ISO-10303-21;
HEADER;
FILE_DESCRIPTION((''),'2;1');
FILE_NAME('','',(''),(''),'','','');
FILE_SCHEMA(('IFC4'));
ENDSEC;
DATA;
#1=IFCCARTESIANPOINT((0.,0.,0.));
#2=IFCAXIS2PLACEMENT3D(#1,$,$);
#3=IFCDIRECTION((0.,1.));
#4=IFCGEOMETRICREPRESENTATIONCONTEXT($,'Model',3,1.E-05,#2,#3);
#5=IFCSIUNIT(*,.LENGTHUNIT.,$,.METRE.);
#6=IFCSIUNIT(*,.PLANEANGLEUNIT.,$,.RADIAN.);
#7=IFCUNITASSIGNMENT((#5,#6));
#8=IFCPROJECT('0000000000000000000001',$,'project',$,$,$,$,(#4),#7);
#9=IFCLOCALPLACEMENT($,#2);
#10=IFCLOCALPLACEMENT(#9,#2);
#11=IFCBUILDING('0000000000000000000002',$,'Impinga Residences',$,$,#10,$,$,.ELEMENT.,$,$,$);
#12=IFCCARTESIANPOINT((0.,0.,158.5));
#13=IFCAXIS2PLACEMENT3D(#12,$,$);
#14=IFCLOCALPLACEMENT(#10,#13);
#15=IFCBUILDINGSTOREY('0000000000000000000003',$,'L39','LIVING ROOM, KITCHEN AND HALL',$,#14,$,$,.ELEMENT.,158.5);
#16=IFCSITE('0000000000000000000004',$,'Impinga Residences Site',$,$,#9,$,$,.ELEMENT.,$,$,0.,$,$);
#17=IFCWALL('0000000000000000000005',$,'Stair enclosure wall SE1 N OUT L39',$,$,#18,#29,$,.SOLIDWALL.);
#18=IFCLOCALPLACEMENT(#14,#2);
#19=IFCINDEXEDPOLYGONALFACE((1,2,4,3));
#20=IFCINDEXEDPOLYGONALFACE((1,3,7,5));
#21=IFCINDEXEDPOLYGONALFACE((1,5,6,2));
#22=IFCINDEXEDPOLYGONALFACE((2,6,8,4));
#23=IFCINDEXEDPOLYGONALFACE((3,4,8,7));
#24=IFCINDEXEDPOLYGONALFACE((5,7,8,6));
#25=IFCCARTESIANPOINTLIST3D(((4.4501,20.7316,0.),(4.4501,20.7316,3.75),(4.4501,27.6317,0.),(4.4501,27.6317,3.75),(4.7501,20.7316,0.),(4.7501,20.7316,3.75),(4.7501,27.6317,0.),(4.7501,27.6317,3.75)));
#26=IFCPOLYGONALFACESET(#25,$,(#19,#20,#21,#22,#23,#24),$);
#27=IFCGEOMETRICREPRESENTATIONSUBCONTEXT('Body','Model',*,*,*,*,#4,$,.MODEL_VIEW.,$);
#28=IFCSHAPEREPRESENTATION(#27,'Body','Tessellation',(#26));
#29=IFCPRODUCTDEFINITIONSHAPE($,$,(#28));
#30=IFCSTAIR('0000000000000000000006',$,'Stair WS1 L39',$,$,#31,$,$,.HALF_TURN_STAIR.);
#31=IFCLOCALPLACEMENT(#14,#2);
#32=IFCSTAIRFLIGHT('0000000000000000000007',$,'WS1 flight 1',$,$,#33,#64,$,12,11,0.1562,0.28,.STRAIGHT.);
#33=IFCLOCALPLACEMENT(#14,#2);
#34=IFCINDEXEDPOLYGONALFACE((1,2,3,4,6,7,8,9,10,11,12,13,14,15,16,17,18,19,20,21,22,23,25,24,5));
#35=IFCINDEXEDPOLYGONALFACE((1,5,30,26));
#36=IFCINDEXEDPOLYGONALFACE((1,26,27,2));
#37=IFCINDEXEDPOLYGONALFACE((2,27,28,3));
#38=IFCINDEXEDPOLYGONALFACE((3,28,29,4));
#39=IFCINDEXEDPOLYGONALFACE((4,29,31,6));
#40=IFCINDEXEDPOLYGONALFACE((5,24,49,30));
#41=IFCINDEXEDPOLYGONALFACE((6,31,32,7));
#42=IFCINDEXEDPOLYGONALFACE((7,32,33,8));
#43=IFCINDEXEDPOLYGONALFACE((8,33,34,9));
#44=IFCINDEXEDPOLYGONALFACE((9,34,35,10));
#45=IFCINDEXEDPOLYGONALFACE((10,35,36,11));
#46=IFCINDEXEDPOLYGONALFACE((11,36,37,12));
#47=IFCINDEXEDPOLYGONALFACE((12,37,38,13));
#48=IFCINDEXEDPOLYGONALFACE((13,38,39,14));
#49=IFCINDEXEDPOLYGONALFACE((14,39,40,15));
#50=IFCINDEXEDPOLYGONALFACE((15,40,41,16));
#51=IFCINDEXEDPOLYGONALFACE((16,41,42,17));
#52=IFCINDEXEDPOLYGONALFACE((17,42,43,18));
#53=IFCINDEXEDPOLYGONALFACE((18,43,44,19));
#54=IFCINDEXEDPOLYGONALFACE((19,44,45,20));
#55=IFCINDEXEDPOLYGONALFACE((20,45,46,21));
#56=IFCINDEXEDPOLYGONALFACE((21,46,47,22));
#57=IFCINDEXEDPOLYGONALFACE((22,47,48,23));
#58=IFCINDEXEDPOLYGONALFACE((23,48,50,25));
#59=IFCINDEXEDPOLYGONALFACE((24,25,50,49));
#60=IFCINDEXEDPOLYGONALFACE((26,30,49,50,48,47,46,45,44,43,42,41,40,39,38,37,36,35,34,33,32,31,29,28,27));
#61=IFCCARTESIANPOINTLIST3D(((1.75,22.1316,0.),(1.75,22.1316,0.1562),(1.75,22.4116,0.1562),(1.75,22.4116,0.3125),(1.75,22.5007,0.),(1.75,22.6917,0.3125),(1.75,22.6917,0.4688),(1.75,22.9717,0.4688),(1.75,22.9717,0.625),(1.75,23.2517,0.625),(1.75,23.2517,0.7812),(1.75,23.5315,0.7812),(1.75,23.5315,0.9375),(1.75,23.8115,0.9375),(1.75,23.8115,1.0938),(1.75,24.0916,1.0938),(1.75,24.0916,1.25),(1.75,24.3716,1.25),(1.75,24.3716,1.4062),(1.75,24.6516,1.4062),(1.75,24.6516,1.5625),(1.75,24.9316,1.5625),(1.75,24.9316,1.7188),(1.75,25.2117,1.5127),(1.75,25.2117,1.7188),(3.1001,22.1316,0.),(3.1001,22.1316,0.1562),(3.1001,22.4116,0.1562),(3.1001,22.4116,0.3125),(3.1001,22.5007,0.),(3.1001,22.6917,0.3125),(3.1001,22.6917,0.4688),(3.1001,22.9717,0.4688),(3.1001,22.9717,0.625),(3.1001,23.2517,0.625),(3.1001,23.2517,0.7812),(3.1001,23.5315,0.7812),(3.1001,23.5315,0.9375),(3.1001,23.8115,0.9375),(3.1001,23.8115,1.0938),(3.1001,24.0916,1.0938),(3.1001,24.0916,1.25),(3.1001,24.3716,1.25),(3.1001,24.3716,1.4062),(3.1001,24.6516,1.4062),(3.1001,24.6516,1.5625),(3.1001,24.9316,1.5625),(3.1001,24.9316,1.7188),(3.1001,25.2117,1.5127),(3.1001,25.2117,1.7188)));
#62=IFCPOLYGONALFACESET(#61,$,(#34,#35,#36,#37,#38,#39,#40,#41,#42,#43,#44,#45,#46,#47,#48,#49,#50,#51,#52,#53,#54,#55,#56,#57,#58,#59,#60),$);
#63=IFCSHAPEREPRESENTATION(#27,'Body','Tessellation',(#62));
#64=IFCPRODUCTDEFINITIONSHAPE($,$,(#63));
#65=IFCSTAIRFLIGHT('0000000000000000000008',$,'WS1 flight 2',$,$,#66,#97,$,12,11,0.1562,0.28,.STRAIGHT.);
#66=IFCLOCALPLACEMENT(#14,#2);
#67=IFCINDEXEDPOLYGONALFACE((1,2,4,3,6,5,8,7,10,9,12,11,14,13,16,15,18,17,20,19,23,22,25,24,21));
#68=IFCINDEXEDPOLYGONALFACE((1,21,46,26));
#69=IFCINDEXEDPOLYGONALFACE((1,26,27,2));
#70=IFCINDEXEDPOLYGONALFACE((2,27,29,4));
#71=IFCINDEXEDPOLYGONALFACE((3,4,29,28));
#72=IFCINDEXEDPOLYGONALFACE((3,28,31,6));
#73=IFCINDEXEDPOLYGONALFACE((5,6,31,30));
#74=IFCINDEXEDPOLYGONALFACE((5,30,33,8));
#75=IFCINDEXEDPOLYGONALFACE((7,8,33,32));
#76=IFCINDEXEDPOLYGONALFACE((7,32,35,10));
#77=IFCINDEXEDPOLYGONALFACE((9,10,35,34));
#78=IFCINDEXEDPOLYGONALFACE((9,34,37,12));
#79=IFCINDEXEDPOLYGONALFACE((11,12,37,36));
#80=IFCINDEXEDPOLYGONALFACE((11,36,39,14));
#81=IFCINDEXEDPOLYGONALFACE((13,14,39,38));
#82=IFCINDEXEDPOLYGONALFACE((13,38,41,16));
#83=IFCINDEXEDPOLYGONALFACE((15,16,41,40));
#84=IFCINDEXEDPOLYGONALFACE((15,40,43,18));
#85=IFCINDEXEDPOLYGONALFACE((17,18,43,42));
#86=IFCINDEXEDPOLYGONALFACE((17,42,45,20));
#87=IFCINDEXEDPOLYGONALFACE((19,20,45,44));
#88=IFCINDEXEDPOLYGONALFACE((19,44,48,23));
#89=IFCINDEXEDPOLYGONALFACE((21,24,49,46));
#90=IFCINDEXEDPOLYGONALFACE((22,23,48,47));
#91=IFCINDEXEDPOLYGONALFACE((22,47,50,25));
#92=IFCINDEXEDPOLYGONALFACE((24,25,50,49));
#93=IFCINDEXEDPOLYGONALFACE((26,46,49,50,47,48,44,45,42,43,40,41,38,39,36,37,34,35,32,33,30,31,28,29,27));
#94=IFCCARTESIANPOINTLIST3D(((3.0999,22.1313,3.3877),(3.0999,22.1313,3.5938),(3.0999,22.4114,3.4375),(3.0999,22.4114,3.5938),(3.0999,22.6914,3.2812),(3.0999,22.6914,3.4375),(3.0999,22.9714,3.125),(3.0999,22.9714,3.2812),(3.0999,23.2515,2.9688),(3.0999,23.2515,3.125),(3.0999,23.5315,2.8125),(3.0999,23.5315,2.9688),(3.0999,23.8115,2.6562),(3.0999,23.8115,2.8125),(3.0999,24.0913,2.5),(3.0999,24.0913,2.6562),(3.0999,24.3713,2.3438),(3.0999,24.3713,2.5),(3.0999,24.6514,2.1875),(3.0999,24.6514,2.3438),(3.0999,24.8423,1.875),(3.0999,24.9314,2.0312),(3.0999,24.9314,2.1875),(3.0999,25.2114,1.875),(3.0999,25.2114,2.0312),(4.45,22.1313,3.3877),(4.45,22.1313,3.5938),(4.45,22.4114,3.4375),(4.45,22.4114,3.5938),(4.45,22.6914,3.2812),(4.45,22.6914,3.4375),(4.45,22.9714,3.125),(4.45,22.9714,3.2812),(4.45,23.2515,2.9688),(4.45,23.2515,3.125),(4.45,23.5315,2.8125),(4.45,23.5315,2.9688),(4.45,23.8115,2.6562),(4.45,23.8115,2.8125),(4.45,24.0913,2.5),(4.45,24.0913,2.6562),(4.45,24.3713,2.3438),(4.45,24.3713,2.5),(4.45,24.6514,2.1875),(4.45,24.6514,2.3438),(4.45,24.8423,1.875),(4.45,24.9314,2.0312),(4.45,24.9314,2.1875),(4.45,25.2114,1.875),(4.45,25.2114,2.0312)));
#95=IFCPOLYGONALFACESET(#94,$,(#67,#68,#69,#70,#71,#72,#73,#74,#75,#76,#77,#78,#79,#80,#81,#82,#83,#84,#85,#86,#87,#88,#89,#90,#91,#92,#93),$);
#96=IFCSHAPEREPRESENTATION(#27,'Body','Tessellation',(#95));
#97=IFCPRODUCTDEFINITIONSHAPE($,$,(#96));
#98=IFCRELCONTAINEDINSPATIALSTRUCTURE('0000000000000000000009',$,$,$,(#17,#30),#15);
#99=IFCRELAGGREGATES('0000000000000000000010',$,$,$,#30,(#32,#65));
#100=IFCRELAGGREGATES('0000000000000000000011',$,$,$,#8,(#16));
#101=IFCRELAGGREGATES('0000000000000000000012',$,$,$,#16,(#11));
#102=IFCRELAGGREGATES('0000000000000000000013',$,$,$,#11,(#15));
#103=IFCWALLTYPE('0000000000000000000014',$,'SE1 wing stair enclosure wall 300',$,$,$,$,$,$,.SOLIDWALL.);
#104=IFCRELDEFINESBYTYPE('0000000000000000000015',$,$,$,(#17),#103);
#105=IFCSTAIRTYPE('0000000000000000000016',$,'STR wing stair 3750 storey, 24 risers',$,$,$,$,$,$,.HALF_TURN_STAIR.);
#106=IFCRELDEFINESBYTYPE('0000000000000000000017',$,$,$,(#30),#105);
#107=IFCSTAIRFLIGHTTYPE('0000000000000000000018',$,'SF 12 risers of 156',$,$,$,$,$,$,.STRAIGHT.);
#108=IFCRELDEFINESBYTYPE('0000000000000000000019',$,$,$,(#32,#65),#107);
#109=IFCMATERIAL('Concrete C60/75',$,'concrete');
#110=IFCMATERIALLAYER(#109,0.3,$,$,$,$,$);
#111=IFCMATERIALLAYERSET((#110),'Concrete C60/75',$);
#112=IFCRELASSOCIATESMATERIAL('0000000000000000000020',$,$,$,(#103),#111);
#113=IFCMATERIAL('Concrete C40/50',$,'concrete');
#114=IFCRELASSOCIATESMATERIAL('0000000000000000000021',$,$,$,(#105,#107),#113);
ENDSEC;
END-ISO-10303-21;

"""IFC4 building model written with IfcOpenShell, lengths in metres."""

from ifc_helpers import new_model, si_unit, direction, frame, frame_2d, origin, place, context, subcontext, project, spatial, polyline, rectangle, outline, extrude, material, layer, layer_set, type_object, element, aggregate, save


model = new_model("IFC4")

# Units and contexts
model_context = context("Model", 3, precision=1e-05, world=origin(), true_north=direction((0.0, 1.0)))
body_context = subcontext(model_context, "Body", "Model", "MODEL_VIEW")
ifc_project = project(units=[si_unit("LENGTHUNIT", "METRE"), si_unit("PLANEANGLEUNIT", "RADIAN")], contexts=[model_context])

# Site, building, storey
site_placement = place(None, origin())
site = spatial("IfcSite", under=ifc_project, at=site_placement, Name="Impinga Residences Site", CompositionType="ELEMENT", RefElevation=0.0)
building_placement = place(site_placement, origin())
building = spatial("IfcBuilding", under=site, at=building_placement, Name="Impinga Residences", CompositionType="ELEMENT")
storey_placement = place(building_placement, frame((0.0, 0.0, 158.5)))
storey = spatial("IfcBuildingStorey", under=building, at=storey_placement, Name="L39", Description="LIVING ROOM, KITCHEN AND HALL", CompositionType="ELEMENT", Elevation=158.5)

# Shared definitions
ifc_material_1 = material(Name="Concrete C60/75", Category="concrete")

# Wall
ifc_layer_1 = layer(ifc_material_1, 0.3)
ifc_layer_set_1 = layer_set([ifc_layer_1], Name="Concrete C60/75")
wall_type_1 = type_object("IfcWallType", Name="SE1 wing stair enclosure wall 300", PredefinedType="SOLIDWALL", material=ifc_layer_set_1)
wall_1_placement = place(storey_placement, frame((4.6001, 20.7314, 0.0), z_axis=(0.0, 0.0, 1.0), x_axis=(0.0, 1.0, 0.0)))
element("IfcWall", 1, at=wall_1_placement, inside=storey, type_object=wall_type_1, Name="Stair enclosure wall SE1 N OUT L39", PredefinedType="SOLIDWALL", context=body_context, shape_type="SweptSolid", body=[
    extrude(rectangle(XDim=6.9001, YDim=0.3, at=frame_2d((3.4502, 0.0))), origin(), (0.0, 0.0, 1.0), 3.75),
])

# Stair, stair flights
ifc_material_2 = material(Name="Concrete C40/50", Category="concrete")
stair_type = type_object("IfcStairType", Name="STR wing stair 3750 storey, 24 risers", PredefinedType="HALF_TURN_STAIR", material=ifc_material_2)
stair_placement = place(storey_placement, origin())
stair = element("IfcStair", 2, at=stair_placement, inside=storey, type_object=stair_type, Name="Stair WS1 L39", PredefinedType="HALF_TURN_STAIR")
stair_flight_type = type_object("IfcStairFlightType", Name="SF 12 risers of 156", PredefinedType="STRAIGHT", material=ifc_material_2)
stair_flight_1_placement = place(storey_placement, frame((2.425, 22.1316, 0.0), z_axis=(0.0, 0.0, 1.0), x_axis=(0.0, 1.0, 0.0)))
stair_flight_1 = element("IfcStairFlight", 3, at=stair_flight_1_placement, type_object=stair_flight_type, Name="WS1 flight 1", NumberOfRisers=12, NumberOfTreads=11, PredefinedType="STRAIGHT", RiserHeight=0.1562, TreadLength=0.28, context=body_context, shape_type="SweptSolid", body=[
    extrude(outline(polyline([(0.0, 0.0), (0.0, 0.1562), (0.28, 0.1562), (0.28, 0.3125), (0.5601, 0.3125), (0.5601, 0.4688), (0.8401, 0.4688), (0.8401, 0.625), (1.1201, 0.625), (1.1201, 0.7812), (1.3999, 0.7812), (1.3999, 0.9375), (1.6799, 0.9375), (1.6799, 1.0938), (1.96, 1.0938), (1.96, 1.25), (2.24, 1.25), (2.24, 1.4062), (2.52, 1.4062), (2.52, 1.5625), (2.8, 1.5625), (2.8, 1.7188), (3.0801, 1.7188), (3.0801, 1.875), (3.0801, 1.5127), (0.3691, 0.0), (0.0, 0.0)])), frame((0.0, 0.675, 0.0), z_axis=(0.0, -1.0, 0.0), x_axis=(1.0, 0.0, 0.0)), (0.0, 0.0, 1.0), 1.3501),
])
stair_flight_2_placement = place(storey_placement, frame((3.7749, 25.2114, 1.875), z_axis=(0.0, 0.0, 1.0), x_axis=(0.0, -1.0, 0.0)))
stair_flight_2 = element("IfcStairFlight", 4, at=stair_flight_2_placement, type_object=stair_flight_type, Name="WS1 flight 2", NumberOfRisers=12, NumberOfTreads=11, PredefinedType="STRAIGHT", RiserHeight=0.1562, TreadLength=0.28, context=body_context, shape_type="SweptSolid", body=[
    extrude(outline(polyline([(0.0, 0.0), (0.0, 0.1562), (0.28, 0.1562), (0.28, 0.3125), (0.5601, 0.3125), (0.5601, 0.4688), (0.8401, 0.4688), (0.8401, 0.625), (1.1201, 0.625), (1.1201, 0.7812), (1.3999, 0.7812), (1.3999, 0.9375), (1.6799, 0.9375), (1.6799, 1.0938), (1.96, 1.0938), (1.96, 1.25), (2.24, 1.25), (2.24, 1.4062), (2.52, 1.4062), (2.52, 1.5625), (2.8, 1.5625), (2.8, 1.7188), (3.0801, 1.7188), (3.0801, 1.875), (3.0801, 1.5127), (0.3691, 0.0), (0.0, 0.0)])), frame((0.0, 0.675, 0.0), z_axis=(0.0, -1.0, 0.0), x_axis=(1.0, 0.0, 0.0)), (0.0, 0.0, 1.0), 1.3501),
])
aggregate(stair, [stair_flight_1, stair_flight_2])

save(model, "model.ifc")
